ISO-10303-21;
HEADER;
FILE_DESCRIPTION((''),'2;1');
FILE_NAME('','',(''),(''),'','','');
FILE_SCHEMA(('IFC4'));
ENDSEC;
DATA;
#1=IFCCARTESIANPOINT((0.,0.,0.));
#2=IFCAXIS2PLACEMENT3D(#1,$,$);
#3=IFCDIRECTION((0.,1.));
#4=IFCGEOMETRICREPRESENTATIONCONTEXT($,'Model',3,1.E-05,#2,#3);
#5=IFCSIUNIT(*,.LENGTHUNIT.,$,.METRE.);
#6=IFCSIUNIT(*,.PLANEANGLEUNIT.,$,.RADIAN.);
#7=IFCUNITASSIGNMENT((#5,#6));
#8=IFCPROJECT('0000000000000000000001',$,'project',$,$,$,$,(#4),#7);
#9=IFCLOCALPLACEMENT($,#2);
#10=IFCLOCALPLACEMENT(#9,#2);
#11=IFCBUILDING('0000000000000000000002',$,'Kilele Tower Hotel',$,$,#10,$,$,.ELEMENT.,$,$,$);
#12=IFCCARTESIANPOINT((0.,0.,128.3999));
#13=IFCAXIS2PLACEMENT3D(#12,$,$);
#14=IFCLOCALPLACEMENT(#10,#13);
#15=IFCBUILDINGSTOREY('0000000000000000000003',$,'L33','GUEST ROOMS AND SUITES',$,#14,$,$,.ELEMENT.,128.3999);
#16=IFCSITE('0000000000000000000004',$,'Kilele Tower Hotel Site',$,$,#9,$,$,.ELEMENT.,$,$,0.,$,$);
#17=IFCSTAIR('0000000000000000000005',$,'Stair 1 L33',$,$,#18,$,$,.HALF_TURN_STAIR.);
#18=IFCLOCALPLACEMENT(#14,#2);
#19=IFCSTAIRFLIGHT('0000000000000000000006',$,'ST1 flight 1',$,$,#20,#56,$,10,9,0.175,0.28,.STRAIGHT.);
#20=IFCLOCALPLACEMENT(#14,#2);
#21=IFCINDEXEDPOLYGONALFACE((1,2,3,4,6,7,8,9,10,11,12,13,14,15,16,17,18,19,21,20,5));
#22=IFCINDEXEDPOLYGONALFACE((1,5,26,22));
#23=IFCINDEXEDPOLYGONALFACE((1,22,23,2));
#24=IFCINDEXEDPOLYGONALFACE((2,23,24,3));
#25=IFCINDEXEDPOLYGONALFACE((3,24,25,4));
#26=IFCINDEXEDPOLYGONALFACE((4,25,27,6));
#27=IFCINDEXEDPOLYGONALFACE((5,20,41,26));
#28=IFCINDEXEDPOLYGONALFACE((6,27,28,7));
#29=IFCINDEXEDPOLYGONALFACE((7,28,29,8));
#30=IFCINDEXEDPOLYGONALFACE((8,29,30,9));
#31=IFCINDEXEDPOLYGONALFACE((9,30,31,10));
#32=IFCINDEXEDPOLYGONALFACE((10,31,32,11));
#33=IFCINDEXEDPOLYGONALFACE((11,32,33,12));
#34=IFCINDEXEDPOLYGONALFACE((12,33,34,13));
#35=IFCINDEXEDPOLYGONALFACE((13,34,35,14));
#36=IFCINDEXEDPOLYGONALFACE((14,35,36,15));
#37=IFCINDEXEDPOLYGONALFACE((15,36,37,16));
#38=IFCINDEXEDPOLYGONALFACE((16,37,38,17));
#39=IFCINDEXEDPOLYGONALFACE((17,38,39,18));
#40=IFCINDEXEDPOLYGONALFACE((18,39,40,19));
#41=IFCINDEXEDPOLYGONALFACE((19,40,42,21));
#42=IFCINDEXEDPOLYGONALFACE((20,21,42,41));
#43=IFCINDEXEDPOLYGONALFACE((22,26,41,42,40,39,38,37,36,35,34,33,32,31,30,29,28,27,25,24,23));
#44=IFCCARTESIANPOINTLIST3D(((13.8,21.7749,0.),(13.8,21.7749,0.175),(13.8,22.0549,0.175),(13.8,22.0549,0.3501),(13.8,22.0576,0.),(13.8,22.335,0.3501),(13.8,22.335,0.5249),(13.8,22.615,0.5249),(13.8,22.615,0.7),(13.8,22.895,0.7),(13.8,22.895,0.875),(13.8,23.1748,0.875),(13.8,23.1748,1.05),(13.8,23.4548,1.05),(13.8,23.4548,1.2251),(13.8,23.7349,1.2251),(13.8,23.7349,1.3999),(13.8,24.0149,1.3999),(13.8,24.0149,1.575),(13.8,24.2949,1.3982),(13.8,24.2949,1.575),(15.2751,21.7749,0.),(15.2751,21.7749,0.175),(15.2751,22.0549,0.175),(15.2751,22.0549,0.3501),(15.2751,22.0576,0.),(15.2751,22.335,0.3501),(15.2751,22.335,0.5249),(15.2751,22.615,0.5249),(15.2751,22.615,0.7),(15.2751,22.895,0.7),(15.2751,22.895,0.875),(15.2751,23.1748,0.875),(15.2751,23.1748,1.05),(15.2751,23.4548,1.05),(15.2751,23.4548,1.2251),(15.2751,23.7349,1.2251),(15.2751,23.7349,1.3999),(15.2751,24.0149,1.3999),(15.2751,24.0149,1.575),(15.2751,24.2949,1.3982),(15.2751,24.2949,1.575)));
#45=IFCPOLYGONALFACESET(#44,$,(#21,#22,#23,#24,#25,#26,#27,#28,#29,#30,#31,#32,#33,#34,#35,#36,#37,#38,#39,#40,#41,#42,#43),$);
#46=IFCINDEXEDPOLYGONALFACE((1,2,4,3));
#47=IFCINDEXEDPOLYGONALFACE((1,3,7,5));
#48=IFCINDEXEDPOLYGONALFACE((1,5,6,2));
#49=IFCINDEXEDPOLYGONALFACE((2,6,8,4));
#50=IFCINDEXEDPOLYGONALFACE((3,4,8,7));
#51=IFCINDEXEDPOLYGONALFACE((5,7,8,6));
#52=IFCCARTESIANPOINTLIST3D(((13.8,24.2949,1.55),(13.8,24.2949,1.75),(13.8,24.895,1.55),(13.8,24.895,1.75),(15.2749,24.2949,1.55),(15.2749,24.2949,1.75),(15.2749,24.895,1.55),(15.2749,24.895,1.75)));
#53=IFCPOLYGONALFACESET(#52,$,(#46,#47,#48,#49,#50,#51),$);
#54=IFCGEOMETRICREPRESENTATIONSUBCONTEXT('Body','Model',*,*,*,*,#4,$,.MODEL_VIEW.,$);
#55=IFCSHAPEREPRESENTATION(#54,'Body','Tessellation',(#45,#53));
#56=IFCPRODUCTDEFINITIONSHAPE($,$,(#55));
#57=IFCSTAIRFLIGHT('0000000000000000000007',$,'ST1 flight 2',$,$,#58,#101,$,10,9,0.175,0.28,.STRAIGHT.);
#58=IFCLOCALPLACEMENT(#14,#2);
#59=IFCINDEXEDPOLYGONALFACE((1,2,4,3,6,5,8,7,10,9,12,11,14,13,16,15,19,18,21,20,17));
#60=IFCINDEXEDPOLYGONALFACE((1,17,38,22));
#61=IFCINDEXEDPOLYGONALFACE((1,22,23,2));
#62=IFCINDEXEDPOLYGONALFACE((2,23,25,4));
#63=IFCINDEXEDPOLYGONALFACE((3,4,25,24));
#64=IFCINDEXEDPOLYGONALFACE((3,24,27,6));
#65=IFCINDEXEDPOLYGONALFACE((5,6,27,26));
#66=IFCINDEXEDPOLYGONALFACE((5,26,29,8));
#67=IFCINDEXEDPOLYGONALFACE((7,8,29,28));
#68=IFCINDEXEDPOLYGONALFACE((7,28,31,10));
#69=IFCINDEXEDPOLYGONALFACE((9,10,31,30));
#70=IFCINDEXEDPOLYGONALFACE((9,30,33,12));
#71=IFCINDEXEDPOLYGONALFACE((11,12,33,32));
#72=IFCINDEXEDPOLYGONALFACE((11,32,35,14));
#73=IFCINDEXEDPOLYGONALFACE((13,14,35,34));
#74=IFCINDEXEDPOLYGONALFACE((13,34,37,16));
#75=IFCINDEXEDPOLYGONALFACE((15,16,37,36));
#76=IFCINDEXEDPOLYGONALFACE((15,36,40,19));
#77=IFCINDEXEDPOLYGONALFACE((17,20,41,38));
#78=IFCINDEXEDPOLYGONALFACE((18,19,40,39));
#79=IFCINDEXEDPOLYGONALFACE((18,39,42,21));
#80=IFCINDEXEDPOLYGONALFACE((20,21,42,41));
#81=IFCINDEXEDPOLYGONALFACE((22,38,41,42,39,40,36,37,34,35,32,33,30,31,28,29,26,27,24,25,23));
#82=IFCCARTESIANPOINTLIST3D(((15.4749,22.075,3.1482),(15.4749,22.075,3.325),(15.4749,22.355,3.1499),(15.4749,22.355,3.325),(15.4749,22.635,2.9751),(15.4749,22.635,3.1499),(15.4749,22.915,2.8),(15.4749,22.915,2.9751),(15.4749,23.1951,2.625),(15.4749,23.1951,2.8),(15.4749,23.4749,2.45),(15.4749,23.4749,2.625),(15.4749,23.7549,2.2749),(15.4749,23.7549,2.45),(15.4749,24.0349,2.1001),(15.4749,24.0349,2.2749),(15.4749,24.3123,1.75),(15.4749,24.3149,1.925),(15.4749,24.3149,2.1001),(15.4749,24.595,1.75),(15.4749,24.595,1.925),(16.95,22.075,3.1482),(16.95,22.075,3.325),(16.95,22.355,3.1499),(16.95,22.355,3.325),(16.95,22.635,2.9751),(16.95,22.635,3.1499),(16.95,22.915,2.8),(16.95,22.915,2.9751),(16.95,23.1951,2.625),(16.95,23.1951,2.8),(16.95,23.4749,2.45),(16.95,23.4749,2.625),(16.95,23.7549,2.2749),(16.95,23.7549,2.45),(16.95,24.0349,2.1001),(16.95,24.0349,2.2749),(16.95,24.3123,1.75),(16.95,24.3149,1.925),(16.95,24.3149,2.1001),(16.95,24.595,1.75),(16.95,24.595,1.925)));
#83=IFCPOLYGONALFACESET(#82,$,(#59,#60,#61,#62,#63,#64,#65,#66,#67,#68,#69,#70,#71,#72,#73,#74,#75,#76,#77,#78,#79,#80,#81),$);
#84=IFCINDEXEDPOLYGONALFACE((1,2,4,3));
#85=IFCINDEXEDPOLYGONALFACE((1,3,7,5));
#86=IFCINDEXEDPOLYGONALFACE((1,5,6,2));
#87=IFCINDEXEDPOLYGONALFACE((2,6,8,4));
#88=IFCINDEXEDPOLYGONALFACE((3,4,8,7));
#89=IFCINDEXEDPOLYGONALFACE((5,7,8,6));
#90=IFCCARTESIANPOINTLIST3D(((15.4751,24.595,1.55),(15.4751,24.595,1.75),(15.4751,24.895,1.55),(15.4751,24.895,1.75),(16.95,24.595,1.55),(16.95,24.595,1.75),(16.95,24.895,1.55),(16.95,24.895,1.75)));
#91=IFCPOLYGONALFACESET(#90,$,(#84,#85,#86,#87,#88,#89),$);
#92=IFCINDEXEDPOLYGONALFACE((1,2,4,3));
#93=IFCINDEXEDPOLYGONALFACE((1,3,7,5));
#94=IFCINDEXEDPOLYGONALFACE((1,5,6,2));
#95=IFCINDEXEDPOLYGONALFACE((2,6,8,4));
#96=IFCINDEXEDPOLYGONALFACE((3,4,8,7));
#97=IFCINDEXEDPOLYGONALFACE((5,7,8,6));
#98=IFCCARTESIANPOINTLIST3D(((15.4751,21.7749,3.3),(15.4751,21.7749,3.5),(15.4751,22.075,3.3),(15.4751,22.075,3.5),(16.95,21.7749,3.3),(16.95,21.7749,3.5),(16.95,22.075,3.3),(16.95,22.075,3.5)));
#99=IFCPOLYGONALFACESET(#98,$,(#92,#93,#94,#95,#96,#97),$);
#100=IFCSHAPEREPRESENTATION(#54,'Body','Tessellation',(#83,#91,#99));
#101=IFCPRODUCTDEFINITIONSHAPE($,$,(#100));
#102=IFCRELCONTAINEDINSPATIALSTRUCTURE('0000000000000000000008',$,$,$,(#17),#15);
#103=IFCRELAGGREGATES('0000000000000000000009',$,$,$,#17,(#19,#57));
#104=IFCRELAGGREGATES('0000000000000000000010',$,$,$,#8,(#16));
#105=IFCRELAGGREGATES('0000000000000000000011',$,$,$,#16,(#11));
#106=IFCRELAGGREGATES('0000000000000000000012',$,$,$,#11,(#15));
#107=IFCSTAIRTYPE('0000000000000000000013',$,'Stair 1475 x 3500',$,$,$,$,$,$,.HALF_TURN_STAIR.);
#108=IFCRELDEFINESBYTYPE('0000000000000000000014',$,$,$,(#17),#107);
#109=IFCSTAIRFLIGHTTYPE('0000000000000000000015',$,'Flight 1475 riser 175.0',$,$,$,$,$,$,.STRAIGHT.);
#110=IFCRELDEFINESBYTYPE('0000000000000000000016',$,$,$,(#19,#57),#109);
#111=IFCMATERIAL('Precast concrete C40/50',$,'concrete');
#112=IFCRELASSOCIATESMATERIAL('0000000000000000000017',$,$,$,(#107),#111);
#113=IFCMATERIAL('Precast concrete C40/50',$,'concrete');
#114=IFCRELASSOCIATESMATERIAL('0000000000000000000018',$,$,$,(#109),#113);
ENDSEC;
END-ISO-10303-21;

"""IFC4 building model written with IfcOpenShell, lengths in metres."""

from ifc_helpers import new_model, si_unit, direction, frame, origin, place, context, subcontext, project, spatial, polyline, outline, extrude, material, type_object, element, aggregate, save


model = new_model("IFC4")

# Units and contexts
model_context = context("Model", 3, precision=1e-05, world=origin(), true_north=direction((0.0, 1.0)))
body_context = subcontext(model_context, "Body", "Model", "MODEL_VIEW")
ifc_project = project(units=[si_unit("LENGTHUNIT", "METRE"), si_unit("PLANEANGLEUNIT", "RADIAN")], contexts=[model_context])

# Site, building, storey
site_placement = place(None, origin())
site = spatial("IfcSite", under=ifc_project, at=site_placement, Name="Kilele Tower Hotel Site", CompositionType="ELEMENT", RefElevation=0.0)
building_placement = place(site_placement, origin())
building = spatial("IfcBuilding", under=site, at=building_placement, Name="Kilele Tower Hotel", CompositionType="ELEMENT")
storey_placement = place(building_placement, frame((0.0, 0.0, 128.3999)))
storey = spatial("IfcBuildingStorey", under=building, at=storey_placement, Name="L33", Description="GUEST ROOMS AND SUITES", CompositionType="ELEMENT", Elevation=128.3999)

# Stair, stair flights
ifc_material_1 = material(Name="Precast concrete C40/50", Category="concrete")
stair_type = type_object("IfcStairType", Name="Stair 1475 x 3500", PredefinedType="HALF_TURN_STAIR", material=ifc_material_1)
stair_placement = place(storey_placement, origin())
stair = element("IfcStair", 1, at=stair_placement, inside=storey, type_object=stair_type, Name="Stair 1 L33", PredefinedType="HALF_TURN_STAIR")
ifc_material_2 = material(Name="Precast concrete C40/50", Category="concrete")
stair_flight_type = type_object("IfcStairFlightType", Name="Flight 1475 riser 175.0", PredefinedType="STRAIGHT", material=ifc_material_2)
stair_flight_1_placement = place(storey_placement, frame((14.5376, 21.7749, 0.0), z_axis=(0.0, 0.0, 1.0), x_axis=(0.0, 1.0, 0.0)))
stair_flight_1 = element("IfcStairFlight", 2, at=stair_flight_1_placement, type_object=stair_flight_type, Name="ST1 flight 1", NumberOfRisers=10, NumberOfTreads=9, PredefinedType="STRAIGHT", RiserHeight=0.175, TreadLength=0.28, context=body_context, shape_type="SweptSolid", body=[
    extrude(outline(polyline([(0.0, 0.0), (0.0, 0.175), (0.28, 0.175), (0.28, 0.3501), (0.5601, 0.3501), (0.5601, 0.5249), (0.8401, 0.5249), (0.8401, 0.7), (1.1201, 0.7), (1.1201, 0.875), (1.3999, 0.875), (1.3999, 1.05), (1.6799, 1.05), (1.6799, 1.2251), (1.96, 1.2251), (1.96, 1.3999), (2.24, 1.3999), (2.24, 1.575), (2.52, 1.575), (2.52, 1.75), (2.52, 1.3982), (0.2827, 0.0), (0.0, 0.0)])), frame((0.0, 0.7375, 0.0), z_axis=(0.0, -1.0, 0.0), x_axis=(1.0, 0.0, 0.0)), (0.0, 0.0, 1.0), 1.4751),
    extrude(outline(polyline([(2.52, 0.7375), (2.52, -0.7373), (3.1201, -0.7373), (3.1201, 0.7375), (2.52, 0.7375)])), frame((0.0, 0.0, 1.55)), (0.0, 0.0, 1.0), 0.2),
])
stair_flight_2_placement = place(storey_placement, frame((16.2124, 24.595, 1.75), z_axis=(0.0, 0.0, 1.0), x_axis=(0.0, -1.0, 0.0)))
stair_flight_2 = element("IfcStairFlight", 3, at=stair_flight_2_placement, type_object=stair_flight_type, Name="ST1 flight 2", NumberOfRisers=10, NumberOfTreads=9, PredefinedType="STRAIGHT", RiserHeight=0.175, TreadLength=0.28, context=body_context, shape_type="SweptSolid", body=[
    extrude(outline(polyline([(0.0, 0.0), (0.0, 0.175), (0.28, 0.175), (0.28, 0.3501), (0.5601, 0.3501), (0.5601, 0.5249), (0.8401, 0.5249), (0.8401, 0.7), (1.1201, 0.7), (1.1201, 0.875), (1.3999, 0.875), (1.3999, 1.05), (1.6799, 1.05), (1.6799, 1.2251), (1.96, 1.2251), (1.96, 1.3999), (2.24, 1.3999), (2.24, 1.575), (2.52, 1.575), (2.52, 1.75), (2.52, 1.3982), (0.2827, 0.0), (0.0, 0.0)])), frame((0.0, 0.7375, 0.0), z_axis=(0.0, -1.0, 0.0), x_axis=(1.0, 0.0, 0.0)), (0.0, 0.0, 1.0), 1.4751),
    extrude(outline(polyline([(0.0, -0.7373), (0.0, 0.7375), (-0.3, 0.7375), (-0.3, -0.7373), (0.0, -0.7373)])), frame((0.0, 0.0, -0.2)), (0.0, 0.0, 1.0), 0.2),
    extrude(outline(polyline([(2.8201, -0.7373), (2.8201, 0.7375), (2.52, 0.7375), (2.52, -0.7373), (2.8201, -0.7373)])), frame((0.0, 0.0, 1.55)), (0.0, 0.0, 1.0), 0.2),
])
aggregate(stair, [stair_flight_1, stair_flight_2])

save(model, "model.ifc")
